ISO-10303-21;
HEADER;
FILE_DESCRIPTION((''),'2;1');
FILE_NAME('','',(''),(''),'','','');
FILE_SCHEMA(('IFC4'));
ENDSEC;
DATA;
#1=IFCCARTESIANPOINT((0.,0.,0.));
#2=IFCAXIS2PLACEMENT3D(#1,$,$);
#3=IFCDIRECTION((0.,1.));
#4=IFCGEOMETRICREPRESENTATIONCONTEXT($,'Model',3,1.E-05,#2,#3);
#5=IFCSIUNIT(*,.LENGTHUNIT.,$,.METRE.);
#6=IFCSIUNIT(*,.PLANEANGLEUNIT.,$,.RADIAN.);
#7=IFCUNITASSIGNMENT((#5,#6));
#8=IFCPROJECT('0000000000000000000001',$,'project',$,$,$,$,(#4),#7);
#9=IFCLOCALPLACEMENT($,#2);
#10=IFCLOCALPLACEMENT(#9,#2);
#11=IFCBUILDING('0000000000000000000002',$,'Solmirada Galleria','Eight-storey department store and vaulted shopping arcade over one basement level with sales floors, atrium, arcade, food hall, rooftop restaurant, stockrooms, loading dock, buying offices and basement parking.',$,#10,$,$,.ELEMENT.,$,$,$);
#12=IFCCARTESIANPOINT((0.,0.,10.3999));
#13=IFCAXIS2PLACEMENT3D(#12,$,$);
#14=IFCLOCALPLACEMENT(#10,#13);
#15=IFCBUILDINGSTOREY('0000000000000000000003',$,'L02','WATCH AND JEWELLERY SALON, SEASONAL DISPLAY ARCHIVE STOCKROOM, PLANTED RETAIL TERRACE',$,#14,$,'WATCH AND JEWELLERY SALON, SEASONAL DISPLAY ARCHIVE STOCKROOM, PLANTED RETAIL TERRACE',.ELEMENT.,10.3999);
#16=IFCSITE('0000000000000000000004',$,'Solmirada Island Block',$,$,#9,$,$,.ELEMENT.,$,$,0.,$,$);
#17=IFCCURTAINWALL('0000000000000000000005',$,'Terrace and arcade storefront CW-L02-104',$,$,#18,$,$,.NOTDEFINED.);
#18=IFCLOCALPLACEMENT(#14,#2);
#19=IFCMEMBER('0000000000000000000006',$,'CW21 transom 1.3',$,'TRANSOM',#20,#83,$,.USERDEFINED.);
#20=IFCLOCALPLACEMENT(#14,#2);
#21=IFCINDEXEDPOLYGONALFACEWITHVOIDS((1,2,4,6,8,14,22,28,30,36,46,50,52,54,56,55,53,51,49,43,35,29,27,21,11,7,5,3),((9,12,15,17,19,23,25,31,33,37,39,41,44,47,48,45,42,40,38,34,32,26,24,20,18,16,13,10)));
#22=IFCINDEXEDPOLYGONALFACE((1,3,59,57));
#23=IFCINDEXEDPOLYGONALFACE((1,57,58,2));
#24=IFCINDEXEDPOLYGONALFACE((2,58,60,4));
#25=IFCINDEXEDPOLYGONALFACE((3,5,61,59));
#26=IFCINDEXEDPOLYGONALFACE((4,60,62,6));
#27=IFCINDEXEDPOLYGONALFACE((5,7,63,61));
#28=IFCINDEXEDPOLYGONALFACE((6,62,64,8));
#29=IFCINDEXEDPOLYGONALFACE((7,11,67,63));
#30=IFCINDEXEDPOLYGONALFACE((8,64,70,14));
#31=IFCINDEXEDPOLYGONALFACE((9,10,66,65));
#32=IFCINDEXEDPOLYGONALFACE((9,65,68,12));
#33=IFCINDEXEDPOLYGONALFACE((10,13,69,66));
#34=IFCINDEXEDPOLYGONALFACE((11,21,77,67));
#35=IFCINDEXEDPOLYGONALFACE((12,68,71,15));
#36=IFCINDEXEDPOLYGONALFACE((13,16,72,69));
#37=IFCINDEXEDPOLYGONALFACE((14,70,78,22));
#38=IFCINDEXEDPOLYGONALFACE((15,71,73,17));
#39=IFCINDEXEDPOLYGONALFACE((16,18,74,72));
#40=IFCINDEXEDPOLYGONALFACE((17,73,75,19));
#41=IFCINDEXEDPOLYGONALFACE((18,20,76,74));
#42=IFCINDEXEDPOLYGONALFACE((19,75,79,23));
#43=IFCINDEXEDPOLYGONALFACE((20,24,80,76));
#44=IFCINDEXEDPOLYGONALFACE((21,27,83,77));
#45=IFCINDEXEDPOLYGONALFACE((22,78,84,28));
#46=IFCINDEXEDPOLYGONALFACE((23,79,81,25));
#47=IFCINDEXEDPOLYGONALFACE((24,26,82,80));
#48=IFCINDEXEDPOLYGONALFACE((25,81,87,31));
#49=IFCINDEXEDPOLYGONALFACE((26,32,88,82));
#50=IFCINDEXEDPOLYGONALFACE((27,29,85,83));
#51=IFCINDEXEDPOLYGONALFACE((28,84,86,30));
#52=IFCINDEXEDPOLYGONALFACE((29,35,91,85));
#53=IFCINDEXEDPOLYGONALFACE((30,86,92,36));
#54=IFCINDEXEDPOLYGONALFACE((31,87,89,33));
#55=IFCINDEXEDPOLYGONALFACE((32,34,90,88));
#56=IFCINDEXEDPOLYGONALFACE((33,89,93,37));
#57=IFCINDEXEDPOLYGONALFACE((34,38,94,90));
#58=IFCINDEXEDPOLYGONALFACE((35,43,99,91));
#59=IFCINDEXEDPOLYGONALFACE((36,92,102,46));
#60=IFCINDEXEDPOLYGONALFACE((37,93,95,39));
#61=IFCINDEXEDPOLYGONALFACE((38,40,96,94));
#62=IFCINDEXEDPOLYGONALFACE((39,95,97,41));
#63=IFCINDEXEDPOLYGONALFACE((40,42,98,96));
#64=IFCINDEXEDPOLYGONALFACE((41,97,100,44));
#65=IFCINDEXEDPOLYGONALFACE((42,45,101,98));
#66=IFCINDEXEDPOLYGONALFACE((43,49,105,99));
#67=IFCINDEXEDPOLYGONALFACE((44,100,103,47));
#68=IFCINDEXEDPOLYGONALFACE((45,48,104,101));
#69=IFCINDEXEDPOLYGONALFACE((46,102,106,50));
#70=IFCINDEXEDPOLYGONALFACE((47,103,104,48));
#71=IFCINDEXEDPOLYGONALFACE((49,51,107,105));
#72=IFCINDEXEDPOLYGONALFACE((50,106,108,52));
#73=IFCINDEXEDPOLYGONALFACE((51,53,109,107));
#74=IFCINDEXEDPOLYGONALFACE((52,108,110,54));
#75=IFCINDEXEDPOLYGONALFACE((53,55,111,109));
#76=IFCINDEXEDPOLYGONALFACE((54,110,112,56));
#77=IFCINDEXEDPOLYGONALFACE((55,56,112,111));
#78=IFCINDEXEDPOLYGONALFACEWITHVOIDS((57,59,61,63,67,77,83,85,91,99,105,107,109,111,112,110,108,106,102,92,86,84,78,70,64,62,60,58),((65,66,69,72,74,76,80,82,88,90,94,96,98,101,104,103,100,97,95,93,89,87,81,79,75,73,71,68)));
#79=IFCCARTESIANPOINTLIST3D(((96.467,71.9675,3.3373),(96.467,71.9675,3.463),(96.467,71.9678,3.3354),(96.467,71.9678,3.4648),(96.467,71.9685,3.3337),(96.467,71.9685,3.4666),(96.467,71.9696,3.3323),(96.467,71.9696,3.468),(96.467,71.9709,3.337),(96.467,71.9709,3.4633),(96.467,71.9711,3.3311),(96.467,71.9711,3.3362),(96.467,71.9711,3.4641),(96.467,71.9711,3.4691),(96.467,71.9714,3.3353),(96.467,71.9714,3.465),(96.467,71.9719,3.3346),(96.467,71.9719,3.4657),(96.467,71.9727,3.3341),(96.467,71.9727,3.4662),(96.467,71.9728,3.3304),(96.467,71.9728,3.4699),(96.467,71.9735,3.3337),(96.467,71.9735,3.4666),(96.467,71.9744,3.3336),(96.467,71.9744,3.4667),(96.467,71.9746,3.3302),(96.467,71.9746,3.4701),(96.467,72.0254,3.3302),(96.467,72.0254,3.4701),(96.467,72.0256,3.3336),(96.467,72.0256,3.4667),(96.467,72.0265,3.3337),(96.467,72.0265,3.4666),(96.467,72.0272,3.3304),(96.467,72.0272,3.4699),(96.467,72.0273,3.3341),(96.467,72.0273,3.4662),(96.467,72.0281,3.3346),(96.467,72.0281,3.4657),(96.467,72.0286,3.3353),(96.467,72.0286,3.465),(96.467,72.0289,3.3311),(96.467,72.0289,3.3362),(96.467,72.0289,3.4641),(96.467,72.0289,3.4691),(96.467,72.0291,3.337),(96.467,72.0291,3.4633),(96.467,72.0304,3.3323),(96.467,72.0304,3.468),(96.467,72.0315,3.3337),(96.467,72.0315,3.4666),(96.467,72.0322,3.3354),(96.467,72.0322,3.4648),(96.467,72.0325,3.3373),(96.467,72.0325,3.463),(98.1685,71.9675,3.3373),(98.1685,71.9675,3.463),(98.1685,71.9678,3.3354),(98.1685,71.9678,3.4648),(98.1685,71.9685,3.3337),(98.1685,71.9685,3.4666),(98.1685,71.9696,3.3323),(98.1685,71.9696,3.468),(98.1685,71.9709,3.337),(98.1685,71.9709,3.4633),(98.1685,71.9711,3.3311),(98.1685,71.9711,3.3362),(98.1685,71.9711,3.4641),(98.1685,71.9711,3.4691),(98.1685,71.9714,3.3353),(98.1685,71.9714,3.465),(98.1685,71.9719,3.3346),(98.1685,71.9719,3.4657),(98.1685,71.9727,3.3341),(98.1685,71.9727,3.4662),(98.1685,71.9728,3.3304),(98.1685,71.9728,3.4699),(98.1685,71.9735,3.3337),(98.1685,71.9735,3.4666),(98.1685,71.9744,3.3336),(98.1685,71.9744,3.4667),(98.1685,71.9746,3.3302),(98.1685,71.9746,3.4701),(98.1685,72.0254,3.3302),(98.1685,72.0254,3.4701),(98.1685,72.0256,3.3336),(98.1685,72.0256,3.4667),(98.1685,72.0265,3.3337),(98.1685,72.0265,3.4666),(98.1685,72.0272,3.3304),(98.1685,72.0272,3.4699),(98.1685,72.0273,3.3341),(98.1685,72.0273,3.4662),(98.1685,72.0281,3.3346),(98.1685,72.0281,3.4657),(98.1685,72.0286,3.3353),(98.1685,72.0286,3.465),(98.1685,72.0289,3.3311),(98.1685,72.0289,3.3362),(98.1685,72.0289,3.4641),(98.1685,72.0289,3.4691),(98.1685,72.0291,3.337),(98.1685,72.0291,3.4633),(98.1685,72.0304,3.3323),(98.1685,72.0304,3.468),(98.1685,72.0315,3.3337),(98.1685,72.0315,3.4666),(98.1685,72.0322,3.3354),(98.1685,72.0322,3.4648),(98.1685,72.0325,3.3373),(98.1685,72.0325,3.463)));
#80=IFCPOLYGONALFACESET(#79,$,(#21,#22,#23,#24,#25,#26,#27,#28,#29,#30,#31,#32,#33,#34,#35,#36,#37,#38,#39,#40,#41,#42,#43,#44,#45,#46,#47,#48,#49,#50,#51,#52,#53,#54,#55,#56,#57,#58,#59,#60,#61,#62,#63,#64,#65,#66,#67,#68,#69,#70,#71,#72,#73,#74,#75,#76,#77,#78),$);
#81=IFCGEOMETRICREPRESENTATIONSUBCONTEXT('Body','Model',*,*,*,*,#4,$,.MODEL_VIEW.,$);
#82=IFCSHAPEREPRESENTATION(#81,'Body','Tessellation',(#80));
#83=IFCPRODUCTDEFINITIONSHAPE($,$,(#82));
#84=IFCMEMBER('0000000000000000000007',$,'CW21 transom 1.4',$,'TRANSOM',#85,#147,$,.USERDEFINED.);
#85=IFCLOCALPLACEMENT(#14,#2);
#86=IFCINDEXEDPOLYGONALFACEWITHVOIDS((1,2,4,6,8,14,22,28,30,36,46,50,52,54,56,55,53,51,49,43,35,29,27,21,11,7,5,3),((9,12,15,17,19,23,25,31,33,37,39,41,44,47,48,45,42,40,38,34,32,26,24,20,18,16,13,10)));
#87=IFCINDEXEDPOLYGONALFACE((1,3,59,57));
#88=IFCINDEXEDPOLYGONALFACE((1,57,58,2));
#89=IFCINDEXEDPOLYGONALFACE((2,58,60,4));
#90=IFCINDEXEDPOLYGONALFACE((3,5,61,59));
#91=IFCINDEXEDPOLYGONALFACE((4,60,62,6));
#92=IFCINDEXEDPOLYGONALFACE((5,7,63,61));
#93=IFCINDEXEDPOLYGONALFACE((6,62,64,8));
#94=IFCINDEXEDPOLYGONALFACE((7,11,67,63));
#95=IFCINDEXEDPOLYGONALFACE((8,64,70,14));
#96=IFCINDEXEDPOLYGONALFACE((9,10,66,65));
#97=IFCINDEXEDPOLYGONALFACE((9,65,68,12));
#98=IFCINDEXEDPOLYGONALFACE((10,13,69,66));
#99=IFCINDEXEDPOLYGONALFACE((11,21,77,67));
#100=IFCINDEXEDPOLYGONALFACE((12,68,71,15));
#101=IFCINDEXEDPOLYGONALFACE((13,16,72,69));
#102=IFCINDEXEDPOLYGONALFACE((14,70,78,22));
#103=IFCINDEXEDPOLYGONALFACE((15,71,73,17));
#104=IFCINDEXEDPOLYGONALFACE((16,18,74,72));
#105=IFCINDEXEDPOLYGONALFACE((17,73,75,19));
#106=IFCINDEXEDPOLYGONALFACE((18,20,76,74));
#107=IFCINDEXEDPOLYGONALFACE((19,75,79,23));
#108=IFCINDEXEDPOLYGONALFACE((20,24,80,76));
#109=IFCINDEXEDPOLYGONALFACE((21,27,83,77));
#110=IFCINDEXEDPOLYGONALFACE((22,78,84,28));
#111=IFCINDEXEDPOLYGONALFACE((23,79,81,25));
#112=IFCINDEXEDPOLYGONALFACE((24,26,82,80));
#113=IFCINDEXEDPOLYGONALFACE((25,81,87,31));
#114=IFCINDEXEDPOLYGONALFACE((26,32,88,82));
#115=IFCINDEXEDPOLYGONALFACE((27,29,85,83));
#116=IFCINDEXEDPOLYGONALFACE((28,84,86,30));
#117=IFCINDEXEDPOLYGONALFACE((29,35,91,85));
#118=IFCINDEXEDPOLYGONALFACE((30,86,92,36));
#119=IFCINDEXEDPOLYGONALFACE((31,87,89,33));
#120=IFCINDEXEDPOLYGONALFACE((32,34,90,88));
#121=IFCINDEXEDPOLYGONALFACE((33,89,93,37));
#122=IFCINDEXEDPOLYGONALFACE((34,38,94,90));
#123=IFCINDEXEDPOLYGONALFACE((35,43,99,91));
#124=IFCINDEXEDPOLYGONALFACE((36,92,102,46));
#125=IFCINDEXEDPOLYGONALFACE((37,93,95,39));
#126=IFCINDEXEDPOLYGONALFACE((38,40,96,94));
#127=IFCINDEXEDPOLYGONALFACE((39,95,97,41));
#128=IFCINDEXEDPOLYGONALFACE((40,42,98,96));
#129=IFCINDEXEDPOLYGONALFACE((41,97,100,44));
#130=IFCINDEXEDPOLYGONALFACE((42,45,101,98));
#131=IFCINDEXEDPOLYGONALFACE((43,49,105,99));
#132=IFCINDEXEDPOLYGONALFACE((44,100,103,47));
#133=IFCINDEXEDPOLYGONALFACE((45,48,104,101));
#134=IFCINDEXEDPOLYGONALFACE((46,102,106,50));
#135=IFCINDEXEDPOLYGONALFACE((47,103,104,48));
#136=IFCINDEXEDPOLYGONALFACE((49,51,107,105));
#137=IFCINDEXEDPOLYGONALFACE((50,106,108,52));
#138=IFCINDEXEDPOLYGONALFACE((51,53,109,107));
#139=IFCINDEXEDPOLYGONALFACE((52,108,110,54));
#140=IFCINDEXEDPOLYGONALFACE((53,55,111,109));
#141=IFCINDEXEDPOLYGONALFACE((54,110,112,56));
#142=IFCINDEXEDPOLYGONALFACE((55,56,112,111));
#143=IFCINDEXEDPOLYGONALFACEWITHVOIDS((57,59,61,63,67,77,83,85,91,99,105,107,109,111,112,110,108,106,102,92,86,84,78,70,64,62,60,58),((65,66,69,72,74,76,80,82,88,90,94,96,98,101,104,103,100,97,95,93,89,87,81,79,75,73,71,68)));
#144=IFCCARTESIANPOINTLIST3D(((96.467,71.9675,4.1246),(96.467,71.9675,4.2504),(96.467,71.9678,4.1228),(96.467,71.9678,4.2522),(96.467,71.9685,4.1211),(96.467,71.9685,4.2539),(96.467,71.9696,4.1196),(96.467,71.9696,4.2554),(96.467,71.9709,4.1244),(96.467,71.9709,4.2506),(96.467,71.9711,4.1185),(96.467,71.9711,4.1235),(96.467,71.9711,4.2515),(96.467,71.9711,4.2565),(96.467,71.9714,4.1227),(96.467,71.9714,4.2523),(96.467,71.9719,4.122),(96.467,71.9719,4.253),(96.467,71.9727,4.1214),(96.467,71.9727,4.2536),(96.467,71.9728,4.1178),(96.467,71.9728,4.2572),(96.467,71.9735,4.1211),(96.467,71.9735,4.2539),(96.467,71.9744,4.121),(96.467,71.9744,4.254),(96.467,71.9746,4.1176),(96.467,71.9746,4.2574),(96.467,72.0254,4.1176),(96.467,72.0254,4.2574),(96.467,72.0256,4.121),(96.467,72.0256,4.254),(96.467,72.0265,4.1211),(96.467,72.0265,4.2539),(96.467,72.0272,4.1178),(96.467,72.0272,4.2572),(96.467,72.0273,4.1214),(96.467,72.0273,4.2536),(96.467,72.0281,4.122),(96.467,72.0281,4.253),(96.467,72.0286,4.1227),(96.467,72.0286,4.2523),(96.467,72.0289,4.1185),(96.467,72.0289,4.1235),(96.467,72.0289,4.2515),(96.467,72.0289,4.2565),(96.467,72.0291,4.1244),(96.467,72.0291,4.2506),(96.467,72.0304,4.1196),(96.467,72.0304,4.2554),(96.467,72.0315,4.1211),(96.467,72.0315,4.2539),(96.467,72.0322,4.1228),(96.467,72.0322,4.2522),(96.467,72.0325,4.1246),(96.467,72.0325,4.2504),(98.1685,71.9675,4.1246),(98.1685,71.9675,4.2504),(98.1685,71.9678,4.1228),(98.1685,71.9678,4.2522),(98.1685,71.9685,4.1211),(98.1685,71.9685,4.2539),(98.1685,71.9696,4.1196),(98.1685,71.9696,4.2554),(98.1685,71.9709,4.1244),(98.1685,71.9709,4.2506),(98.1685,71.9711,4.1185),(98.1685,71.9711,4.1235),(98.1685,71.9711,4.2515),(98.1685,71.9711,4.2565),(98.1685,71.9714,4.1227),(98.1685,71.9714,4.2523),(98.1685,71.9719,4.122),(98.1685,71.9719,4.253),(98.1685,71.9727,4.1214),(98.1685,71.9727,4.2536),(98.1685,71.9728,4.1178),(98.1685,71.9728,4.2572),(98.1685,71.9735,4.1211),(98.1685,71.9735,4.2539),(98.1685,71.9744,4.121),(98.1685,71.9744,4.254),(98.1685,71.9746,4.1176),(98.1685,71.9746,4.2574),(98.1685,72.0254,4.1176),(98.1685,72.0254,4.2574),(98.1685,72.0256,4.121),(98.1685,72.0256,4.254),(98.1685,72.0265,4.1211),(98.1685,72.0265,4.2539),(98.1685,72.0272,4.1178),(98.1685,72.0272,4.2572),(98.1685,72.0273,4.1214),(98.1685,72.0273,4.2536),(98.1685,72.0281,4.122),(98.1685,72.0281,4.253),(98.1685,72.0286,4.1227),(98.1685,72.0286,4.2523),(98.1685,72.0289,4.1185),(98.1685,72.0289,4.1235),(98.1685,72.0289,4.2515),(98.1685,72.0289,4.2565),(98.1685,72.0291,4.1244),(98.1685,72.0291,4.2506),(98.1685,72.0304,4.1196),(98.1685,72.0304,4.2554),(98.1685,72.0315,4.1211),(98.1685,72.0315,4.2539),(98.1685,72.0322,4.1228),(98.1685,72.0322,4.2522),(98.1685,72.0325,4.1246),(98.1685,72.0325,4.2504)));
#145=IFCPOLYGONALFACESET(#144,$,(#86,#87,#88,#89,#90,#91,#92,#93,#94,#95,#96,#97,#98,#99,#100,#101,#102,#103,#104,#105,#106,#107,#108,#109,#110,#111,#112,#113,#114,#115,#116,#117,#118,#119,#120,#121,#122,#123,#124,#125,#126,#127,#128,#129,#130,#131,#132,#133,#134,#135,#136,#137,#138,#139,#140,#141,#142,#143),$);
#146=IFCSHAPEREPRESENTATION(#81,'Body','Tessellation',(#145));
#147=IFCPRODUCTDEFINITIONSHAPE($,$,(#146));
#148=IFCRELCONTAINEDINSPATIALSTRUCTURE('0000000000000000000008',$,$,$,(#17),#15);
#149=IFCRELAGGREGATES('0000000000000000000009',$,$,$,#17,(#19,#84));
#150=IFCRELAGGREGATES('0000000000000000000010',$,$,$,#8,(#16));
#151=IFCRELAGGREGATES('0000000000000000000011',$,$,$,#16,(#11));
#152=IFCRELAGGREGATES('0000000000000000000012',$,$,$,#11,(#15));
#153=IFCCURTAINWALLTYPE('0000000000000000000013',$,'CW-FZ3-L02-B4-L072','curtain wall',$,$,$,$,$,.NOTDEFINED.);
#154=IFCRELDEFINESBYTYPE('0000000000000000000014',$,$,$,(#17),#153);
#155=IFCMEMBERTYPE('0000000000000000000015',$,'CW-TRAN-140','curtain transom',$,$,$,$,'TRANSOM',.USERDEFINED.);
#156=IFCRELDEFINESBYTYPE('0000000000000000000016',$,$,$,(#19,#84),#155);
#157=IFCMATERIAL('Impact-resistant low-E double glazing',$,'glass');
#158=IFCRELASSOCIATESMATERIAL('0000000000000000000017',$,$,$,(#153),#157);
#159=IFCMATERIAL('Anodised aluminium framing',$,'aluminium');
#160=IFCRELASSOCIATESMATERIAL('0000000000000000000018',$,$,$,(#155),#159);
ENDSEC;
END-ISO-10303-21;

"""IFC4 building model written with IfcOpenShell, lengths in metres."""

from ifc_helpers import new_model, si_unit, direction, frame, origin, origin_2d, place, context, subcontext, project, spatial, hollow_rectangle, extrude, material, material_profile, profile_set, type_object, element, aggregate, save


model = new_model("IFC4")

# Units and contexts
model_context = context("Model", 3, precision=1e-05, world=origin(), true_north=direction((0.0, 1.0)))
body_context = subcontext(model_context, "Body", "Model", "MODEL_VIEW")
ifc_project = project(units=[si_unit("LENGTHUNIT", "METRE"), si_unit("PLANEANGLEUNIT", "RADIAN")], contexts=[model_context])

# Site, building, storey
site_placement = place(None, origin())
site = spatial("IfcSite", under=ifc_project, at=site_placement, Name="Solmirada Island Block", CompositionType="ELEMENT", RefElevation=0.0)
building_placement = place(site_placement, origin())
building = spatial("IfcBuilding", under=site, at=building_placement, Name="Solmirada Galleria", Description="Eight-storey department store and vaulted shopping arcade over one basement level with sales floors, atrium, arcade, food hall, rooftop restaurant, stockrooms, loading dock, buying offices and basement parking.", CompositionType="ELEMENT")
storey_placement = place(building_placement, frame((0.0, 0.0, 10.3999)))
storey = spatial("IfcBuildingStorey", under=building, at=storey_placement, Name="L02", Description="WATCH AND JEWELLERY SALON, SEASONAL DISPLAY ARCHIVE STOCKROOM, PLANTED RETAIL TERRACE", LongName="WATCH AND JEWELLERY SALON, SEASONAL DISPLAY ARCHIVE STOCKROOM, PLANTED RETAIL TERRACE", CompositionType="ELEMENT", Elevation=10.3999)

# Curtain wall, members
ifc_material_1 = material(Name="Impact-resistant low-E double glazing", Category="glass")
curtain_wall_type = type_object("IfcCurtainWallType", Name="CW-FZ3-L02-B4-L072", Description="curtain wall", PredefinedType="NOTDEFINED", material=ifc_material_1)
curtain_wall_placement = place(storey_placement, origin())
curtain_wall = element("IfcCurtainWall", 1, at=curtain_wall_placement, inside=storey, type_object=curtain_wall_type, Name="Terrace and arcade storefront CW-L02-104", PredefinedType="NOTDEFINED")
ifc_material_2 = material(Name="Anodised aluminium framing", Category="aluminium")
ifc_material_profile_1 = material_profile(ifc_material_2, hollow_rectangle(XDim=0.0649, YDim=0.1399, WallThickness=0.0034, InnerFilletRadius=0.0034, OuterFilletRadius=0.0071, at=origin_2d()), Name="ALU-TRAN-140X65")
ifc_profile_set_1 = profile_set([ifc_material_profile_1], Name="Anodised aluminium framing")
member_type_1 = type_object("IfcMemberType", Name="CW-TRAN-140", Description="curtain transom", ElementType="TRANSOM", PredefinedType="USERDEFINED", material=ifc_profile_set_1)
member_1_placement = place(storey_placement, frame((96.467, 72.0, 3.4001), z_axis=(1.0, 0.0, 0.0), x_axis=(0.0, 1.0, 0.0)))
member_1 = element("IfcMember", 2, at=member_1_placement, type_object=member_type_1, Name="CW21 transom 1.3", ObjectType="TRANSOM", PredefinedType="USERDEFINED", context=body_context, shape_type="SweptSolid", body=[
    extrude(hollow_rectangle(XDim=0.0649, YDim=0.1399, WallThickness=0.0034, InnerFilletRadius=0.0034, OuterFilletRadius=0.0071, at=origin_2d()), origin(), (0.0, 0.0, 1.0), 1.7014),
])
member_2_placement = place(storey_placement, frame((96.467, 72.0, 4.1875), z_axis=(1.0, 0.0, 0.0), x_axis=(0.0, 1.0, 0.0)))
member_2 = element("IfcMember", 3, at=member_2_placement, type_object=member_type_1, Name="CW21 transom 1.4", ObjectType="TRANSOM", PredefinedType="USERDEFINED", context=body_context, shape_type="SweptSolid", body=[
    extrude(hollow_rectangle(XDim=0.0649, YDim=0.1399, WallThickness=0.0034, InnerFilletRadius=0.0034, OuterFilletRadius=0.0071, at=origin_2d()), origin(), (0.0, 0.0, 1.0), 1.7014),
])
aggregate(curtain_wall, [member_1, member_2])

save(model, "model.ifc")
